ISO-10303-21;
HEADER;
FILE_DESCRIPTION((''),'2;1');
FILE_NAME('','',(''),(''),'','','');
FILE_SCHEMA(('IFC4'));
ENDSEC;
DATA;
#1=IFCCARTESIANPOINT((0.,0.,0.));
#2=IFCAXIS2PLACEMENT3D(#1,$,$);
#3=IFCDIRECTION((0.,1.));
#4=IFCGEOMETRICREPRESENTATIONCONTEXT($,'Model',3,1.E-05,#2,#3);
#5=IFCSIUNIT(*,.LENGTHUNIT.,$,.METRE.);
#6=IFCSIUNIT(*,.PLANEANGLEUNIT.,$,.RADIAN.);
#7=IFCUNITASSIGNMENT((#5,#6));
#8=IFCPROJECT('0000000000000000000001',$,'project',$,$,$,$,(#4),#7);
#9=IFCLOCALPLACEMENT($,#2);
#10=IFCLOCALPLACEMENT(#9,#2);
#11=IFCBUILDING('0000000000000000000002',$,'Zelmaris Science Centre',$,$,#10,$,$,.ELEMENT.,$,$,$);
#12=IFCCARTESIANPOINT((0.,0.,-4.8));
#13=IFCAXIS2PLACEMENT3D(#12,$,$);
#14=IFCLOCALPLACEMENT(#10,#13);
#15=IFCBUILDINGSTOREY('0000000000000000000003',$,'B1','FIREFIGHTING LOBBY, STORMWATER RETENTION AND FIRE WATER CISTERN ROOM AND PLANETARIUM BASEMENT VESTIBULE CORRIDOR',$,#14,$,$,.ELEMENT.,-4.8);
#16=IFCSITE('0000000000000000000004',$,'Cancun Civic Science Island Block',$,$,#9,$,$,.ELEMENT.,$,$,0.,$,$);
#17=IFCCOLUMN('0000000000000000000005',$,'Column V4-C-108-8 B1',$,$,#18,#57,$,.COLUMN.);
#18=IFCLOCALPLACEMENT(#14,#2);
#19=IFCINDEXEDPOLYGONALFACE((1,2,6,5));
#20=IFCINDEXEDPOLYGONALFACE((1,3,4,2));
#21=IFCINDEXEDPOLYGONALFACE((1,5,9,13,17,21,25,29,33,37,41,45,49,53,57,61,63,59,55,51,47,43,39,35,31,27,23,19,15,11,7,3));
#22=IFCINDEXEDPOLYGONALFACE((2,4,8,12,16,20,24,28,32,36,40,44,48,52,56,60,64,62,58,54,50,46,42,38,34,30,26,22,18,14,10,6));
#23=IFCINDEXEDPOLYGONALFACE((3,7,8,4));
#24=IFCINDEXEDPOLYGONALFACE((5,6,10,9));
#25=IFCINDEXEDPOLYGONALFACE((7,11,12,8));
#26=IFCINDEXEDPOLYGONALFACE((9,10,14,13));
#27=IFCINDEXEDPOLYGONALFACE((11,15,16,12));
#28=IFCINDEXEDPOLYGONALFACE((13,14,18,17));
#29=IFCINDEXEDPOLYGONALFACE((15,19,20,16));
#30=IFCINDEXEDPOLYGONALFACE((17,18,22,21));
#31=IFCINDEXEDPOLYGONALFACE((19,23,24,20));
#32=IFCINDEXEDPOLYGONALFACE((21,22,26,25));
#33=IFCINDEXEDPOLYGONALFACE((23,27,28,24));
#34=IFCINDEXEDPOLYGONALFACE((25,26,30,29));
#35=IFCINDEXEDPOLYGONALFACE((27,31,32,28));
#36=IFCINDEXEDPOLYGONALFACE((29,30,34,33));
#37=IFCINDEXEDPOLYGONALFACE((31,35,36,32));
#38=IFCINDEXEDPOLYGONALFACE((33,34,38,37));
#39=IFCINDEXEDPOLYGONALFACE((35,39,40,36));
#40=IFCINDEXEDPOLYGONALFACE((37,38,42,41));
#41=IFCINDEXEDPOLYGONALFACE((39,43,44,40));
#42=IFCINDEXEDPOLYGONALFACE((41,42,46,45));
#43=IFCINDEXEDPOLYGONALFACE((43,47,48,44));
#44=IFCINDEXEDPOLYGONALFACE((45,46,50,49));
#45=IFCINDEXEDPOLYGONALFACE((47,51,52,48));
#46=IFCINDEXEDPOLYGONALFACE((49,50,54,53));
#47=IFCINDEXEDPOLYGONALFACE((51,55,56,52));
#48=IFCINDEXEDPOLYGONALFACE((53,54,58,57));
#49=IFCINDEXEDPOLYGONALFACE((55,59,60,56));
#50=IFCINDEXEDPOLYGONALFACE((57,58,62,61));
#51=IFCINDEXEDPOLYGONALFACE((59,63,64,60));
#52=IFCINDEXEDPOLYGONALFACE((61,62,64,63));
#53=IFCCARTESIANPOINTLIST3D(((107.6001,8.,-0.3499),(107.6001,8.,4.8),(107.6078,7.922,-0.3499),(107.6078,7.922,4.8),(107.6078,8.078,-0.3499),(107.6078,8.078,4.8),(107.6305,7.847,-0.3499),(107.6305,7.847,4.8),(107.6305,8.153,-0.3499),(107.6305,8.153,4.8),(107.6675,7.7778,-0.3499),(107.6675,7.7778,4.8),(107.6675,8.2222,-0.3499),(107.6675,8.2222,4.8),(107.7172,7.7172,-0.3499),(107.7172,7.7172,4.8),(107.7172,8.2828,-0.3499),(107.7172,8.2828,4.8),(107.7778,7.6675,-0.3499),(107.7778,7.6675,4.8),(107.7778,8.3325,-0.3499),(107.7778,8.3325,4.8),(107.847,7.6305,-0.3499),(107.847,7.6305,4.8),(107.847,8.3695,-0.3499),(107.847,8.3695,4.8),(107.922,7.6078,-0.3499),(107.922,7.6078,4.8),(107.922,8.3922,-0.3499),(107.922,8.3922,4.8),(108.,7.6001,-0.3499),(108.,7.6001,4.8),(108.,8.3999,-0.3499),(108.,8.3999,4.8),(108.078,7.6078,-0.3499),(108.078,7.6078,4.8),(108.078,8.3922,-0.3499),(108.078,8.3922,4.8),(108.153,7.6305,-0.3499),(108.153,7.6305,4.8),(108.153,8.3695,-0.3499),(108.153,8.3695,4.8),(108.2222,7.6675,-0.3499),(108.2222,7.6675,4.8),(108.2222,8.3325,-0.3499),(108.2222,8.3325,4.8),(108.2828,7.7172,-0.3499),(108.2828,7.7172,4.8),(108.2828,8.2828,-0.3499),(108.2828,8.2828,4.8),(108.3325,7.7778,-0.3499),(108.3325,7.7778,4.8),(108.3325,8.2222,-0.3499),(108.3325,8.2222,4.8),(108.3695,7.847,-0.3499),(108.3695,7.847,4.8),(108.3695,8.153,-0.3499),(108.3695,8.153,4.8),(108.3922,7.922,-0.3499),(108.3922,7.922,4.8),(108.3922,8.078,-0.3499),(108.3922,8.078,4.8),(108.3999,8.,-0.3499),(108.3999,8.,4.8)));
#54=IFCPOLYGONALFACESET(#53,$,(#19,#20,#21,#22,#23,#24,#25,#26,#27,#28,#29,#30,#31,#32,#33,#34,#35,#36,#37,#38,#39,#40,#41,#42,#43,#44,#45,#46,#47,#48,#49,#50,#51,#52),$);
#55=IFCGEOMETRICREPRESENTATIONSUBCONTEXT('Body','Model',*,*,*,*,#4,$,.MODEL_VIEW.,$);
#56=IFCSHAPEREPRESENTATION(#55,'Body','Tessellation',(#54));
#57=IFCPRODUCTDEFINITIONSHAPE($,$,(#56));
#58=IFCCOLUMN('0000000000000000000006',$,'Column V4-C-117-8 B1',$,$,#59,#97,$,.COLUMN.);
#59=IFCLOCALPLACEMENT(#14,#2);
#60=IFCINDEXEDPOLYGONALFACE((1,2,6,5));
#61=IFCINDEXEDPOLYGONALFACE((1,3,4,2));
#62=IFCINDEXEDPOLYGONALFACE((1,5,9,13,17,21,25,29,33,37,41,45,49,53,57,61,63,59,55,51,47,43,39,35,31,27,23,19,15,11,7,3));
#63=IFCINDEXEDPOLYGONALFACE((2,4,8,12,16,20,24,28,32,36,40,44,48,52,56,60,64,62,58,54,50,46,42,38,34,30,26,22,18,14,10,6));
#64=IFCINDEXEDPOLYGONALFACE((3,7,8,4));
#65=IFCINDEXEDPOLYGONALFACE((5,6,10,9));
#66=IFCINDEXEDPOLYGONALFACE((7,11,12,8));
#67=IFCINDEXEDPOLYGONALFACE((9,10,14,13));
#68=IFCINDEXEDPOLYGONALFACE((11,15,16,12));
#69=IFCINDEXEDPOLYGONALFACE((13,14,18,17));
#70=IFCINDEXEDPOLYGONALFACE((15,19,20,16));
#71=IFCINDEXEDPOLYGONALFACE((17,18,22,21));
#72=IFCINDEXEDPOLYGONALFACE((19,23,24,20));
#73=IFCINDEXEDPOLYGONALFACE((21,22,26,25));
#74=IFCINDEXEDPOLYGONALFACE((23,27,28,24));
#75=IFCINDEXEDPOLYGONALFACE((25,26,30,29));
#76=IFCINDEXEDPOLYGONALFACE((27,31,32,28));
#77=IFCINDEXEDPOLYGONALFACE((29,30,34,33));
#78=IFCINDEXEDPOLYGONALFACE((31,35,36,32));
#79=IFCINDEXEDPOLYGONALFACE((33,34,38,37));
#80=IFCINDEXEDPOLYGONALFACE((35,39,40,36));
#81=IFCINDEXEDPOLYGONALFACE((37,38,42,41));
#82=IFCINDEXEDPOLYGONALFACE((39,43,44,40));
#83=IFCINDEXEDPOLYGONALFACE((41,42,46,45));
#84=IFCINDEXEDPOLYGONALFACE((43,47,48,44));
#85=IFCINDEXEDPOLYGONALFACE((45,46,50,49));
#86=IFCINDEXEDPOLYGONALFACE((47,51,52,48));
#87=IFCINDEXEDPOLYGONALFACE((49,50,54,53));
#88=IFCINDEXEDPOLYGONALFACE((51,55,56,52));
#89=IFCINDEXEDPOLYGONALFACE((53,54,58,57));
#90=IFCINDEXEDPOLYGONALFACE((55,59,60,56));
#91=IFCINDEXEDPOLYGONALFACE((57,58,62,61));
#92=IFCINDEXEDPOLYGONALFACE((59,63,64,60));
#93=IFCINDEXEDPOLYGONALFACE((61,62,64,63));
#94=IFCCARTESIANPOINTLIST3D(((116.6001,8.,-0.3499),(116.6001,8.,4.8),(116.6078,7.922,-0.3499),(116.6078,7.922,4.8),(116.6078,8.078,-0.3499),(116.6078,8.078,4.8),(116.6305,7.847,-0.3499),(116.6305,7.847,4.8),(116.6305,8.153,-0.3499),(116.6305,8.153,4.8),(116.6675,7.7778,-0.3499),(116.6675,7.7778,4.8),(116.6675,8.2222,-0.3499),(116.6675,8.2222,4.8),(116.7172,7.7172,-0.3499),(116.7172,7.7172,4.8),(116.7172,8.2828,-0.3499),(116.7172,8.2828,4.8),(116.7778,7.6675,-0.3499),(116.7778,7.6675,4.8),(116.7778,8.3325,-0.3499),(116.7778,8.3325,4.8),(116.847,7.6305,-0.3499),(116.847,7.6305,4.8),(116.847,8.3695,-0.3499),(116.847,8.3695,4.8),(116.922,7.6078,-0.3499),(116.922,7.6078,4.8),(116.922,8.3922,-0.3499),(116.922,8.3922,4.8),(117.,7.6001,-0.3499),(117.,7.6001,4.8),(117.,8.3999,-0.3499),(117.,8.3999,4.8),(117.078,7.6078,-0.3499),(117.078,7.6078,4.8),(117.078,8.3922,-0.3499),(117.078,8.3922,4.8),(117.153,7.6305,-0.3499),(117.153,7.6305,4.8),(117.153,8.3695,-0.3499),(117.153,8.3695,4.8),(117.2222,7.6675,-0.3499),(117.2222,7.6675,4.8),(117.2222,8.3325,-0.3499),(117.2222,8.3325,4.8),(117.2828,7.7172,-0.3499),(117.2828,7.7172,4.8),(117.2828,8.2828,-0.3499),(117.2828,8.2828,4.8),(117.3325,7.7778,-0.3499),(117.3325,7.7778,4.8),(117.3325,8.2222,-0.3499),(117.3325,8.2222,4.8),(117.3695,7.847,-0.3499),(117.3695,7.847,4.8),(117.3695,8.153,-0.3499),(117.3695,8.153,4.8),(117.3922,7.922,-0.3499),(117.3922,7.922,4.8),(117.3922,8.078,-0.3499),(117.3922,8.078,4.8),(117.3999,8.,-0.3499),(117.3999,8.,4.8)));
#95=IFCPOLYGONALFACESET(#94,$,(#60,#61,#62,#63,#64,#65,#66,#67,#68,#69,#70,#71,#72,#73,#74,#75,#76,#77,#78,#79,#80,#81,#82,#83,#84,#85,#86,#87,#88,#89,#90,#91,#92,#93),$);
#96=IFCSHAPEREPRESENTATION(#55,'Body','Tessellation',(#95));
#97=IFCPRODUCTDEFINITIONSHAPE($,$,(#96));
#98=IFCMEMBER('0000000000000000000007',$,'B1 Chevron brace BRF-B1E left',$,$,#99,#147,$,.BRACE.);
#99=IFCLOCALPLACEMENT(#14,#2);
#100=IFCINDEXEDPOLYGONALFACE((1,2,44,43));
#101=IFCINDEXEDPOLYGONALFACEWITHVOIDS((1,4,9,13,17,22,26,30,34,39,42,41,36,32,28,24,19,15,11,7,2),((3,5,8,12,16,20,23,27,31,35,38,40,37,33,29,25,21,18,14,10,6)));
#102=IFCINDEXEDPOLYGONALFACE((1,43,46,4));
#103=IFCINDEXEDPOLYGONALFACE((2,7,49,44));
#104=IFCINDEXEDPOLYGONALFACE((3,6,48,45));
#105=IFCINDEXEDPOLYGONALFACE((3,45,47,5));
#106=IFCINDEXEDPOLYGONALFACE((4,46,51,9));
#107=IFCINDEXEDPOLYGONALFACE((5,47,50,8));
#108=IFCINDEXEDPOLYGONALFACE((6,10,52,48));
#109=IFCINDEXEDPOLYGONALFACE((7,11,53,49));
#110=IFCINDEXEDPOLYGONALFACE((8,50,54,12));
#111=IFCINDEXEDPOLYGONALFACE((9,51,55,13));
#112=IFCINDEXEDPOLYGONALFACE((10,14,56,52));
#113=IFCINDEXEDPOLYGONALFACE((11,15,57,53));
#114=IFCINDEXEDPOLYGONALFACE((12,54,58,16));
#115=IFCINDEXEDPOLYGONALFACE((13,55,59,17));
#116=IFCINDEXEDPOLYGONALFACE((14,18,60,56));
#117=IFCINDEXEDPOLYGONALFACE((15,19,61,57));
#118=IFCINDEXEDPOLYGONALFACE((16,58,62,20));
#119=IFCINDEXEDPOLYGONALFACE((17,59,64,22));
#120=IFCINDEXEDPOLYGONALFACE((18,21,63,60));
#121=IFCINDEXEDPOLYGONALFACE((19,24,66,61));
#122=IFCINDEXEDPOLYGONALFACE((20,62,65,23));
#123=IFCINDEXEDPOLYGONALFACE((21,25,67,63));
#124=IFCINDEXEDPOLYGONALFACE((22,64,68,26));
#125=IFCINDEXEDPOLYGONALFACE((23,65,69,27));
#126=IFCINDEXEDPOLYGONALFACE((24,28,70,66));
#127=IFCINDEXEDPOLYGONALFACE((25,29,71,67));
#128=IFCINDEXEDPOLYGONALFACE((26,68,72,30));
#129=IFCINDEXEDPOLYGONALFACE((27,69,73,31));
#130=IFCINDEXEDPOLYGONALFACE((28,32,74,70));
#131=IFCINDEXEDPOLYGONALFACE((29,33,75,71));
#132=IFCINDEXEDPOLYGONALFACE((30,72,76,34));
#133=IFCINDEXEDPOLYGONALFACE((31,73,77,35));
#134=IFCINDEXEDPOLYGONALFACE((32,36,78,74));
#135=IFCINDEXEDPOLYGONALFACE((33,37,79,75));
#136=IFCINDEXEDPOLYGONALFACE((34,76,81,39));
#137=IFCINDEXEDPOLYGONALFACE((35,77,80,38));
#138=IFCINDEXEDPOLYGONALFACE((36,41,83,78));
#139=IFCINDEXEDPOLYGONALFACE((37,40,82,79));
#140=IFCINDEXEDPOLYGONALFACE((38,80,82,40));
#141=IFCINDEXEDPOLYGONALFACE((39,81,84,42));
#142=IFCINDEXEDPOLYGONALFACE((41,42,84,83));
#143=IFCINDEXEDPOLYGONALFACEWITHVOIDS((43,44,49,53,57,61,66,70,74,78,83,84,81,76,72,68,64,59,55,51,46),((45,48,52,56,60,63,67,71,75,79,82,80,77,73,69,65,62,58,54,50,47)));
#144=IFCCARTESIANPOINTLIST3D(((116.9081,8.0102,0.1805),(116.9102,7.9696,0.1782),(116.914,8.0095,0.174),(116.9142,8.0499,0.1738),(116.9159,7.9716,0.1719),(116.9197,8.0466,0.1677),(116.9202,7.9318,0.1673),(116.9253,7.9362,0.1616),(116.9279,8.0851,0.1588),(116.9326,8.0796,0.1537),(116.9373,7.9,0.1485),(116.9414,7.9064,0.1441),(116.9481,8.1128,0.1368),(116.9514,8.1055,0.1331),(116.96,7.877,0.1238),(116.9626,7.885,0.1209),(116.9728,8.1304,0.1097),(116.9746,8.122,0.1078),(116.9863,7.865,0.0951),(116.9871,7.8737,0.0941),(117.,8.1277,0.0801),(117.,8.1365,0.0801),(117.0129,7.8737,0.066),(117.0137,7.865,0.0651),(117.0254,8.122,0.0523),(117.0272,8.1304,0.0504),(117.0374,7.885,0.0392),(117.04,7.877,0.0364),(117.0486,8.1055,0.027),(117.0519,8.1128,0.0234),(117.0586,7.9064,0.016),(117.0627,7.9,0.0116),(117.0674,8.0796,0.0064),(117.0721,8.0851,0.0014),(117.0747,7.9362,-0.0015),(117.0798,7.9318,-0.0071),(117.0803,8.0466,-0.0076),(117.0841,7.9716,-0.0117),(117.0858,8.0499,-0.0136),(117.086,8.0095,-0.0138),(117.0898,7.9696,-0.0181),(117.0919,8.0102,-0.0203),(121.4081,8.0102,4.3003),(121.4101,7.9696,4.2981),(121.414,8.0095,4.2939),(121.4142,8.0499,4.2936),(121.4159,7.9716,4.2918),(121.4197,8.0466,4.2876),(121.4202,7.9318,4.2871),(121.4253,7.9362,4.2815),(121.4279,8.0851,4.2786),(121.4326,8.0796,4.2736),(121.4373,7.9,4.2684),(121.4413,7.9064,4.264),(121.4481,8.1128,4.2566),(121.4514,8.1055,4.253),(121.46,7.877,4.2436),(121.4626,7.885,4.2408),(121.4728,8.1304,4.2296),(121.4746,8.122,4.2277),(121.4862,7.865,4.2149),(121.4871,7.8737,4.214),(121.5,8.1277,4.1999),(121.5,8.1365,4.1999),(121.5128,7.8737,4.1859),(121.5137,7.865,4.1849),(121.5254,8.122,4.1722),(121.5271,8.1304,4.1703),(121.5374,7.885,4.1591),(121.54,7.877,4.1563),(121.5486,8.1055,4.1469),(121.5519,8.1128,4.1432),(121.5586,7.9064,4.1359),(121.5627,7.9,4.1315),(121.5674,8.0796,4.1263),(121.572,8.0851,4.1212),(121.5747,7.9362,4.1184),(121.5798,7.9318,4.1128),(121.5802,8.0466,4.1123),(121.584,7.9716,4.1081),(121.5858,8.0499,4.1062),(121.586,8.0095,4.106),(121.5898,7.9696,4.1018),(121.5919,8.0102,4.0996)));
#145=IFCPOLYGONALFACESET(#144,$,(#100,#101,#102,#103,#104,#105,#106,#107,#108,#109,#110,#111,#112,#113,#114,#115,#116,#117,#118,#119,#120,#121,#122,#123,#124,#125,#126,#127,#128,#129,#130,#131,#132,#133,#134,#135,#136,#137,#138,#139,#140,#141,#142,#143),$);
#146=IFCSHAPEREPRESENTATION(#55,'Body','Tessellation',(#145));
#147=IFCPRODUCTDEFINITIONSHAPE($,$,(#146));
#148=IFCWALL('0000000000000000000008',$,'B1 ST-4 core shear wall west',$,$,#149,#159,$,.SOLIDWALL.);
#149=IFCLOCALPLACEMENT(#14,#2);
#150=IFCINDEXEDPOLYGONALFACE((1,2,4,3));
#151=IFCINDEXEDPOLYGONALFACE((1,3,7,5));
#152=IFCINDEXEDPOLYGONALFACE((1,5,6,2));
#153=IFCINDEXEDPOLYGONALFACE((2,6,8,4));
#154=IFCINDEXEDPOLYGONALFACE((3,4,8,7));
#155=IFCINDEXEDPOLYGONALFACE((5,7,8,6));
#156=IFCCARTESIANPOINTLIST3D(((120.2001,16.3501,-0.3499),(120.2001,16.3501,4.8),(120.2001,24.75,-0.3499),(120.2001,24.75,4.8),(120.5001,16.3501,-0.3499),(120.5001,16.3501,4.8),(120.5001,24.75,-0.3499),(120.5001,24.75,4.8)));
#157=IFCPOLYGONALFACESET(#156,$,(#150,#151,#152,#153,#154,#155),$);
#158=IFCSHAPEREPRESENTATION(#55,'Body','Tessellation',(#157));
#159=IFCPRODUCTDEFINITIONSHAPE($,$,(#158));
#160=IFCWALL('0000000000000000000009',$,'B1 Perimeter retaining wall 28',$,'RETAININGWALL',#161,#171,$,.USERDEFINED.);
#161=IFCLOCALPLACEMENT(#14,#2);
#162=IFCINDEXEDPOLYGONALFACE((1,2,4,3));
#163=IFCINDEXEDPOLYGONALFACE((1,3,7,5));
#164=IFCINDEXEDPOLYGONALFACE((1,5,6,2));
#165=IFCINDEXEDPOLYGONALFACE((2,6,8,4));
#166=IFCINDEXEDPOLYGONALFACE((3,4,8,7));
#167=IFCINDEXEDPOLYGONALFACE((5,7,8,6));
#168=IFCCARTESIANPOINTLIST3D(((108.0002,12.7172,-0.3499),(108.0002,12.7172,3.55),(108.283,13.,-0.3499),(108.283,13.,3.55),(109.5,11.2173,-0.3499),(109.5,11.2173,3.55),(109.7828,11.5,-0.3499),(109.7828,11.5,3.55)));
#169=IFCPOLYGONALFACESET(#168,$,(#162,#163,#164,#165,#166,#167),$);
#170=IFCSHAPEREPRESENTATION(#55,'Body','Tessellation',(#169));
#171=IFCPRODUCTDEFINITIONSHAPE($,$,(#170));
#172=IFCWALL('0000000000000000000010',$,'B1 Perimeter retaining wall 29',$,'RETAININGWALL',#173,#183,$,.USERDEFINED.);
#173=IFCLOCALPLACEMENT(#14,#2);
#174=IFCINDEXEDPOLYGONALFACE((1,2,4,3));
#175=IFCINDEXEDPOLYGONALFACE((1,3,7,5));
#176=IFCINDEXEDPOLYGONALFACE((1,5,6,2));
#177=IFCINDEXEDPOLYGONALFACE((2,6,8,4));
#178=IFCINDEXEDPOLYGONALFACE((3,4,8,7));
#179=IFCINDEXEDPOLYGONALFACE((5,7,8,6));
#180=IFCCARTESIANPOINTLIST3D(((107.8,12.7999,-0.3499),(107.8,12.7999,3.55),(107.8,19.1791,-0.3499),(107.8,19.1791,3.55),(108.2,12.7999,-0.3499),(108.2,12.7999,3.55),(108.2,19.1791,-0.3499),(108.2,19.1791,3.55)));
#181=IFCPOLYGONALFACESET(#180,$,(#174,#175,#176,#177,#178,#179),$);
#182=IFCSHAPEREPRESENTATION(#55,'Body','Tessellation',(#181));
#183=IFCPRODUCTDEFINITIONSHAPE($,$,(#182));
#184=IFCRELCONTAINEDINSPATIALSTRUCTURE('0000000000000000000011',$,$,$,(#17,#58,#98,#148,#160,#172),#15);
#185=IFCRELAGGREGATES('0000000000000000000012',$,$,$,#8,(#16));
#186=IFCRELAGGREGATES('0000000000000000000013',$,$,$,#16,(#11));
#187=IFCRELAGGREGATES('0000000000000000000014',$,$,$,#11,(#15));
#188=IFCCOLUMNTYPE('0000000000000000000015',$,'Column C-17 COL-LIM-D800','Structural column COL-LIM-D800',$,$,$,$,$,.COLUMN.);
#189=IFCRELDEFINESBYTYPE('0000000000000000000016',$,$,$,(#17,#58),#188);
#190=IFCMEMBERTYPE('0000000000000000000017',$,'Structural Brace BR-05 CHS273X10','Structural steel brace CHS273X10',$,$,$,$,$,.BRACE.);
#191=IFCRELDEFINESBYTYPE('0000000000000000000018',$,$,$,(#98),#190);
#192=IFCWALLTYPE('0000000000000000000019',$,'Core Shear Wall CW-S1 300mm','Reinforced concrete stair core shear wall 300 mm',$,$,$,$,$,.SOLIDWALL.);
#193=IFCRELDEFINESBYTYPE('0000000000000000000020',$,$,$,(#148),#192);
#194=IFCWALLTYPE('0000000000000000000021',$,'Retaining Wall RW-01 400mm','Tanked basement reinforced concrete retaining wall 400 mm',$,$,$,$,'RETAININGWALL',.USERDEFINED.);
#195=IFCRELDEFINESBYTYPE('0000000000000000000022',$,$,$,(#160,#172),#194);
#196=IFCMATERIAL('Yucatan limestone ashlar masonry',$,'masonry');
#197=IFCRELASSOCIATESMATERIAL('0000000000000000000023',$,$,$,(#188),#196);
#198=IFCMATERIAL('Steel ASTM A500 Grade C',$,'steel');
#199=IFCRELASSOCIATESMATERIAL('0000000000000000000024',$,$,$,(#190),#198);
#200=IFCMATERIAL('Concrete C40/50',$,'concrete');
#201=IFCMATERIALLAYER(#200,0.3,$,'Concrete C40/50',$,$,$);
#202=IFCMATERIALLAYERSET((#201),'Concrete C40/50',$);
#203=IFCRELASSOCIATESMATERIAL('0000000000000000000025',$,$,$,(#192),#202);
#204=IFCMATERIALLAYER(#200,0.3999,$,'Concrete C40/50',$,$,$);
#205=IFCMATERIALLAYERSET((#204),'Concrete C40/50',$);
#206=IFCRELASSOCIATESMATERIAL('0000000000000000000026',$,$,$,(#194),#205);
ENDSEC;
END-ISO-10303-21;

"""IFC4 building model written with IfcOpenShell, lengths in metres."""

from ifc_helpers import new_model, si_unit, direction, frame, frame_2d, origin, origin_2d, place, context, subcontext, project, spatial, rectangle, circle, hollow_circle, extrude, material, layer, layer_set, material_profile, profile_set, type_object, element, save


model = new_model("IFC4")

# Units and contexts
model_context = context("Model", 3, precision=1e-05, world=origin(), true_north=direction((0.0, 1.0)))
body_context = subcontext(model_context, "Body", "Model", "MODEL_VIEW")
ifc_project = project(units=[si_unit("LENGTHUNIT", "METRE"), si_unit("PLANEANGLEUNIT", "RADIAN")], contexts=[model_context])

# Site, building, storey
site_placement = place(None, origin())
site = spatial("IfcSite", under=ifc_project, at=site_placement, Name="Cancun Civic Science Island Block", CompositionType="ELEMENT", RefElevation=0.0)
building_placement = place(site_placement, origin())
building = spatial("IfcBuilding", under=site, at=building_placement, Name="Zelmaris Science Centre", CompositionType="ELEMENT")
storey_placement = place(building_placement, frame((0.0, 0.0, -4.8)))
storey = spatial("IfcBuildingStorey", under=building, at=storey_placement, Name="B1", Description="FIREFIGHTING LOBBY, STORMWATER RETENTION AND FIRE WATER CISTERN ROOM AND PLANETARIUM BASEMENT VESTIBULE CORRIDOR", CompositionType="ELEMENT", Elevation=-4.8)

# Shared definitions
ifc_material_1 = material(Name="Concrete C40/50", Category="concrete")

# Columns
ifc_material_2 = material(Name="Yucatan limestone ashlar masonry", Category="masonry")
ifc_material_profile_1 = material_profile(ifc_material_2, circle(Radius=0.3999, at=origin_2d()), Name="COL-LIM-D800")
ifc_profile_set_1 = profile_set([ifc_material_profile_1], Name="Yucatan limestone ashlar masonry")
column_type_1 = type_object("IfcColumnType", Name="Column C-17 COL-LIM-D800", Description="Structural column COL-LIM-D800", PredefinedType="COLUMN", material=ifc_profile_set_1)
for number, where, z_axis, x_axis, name in (
    (1, (108.0, 8.0, -0.3499), (0.0, 0.0, 1.0), (1.0, 0.0, 0.0), "Column V4-C-108-8 B1"),
    (2, (117.0, 8.0, -0.3499), (0.0, 0.0, 1.0), (1.0, 0.0, 0.0), "Column V4-C-117-8 B1"),
):
    element("IfcColumn", number, at=place(storey_placement, frame(where, z_axis=z_axis, x_axis=x_axis)), inside=storey, type_object=column_type_1, Name=name, PredefinedType="COLUMN", context=body_context, shape_type="SweptSolid", body=[
        extrude(circle(Radius=0.3999, at=origin_2d()), origin(), (0.0, 0.0, 1.0), 5.1499),
    ])

# Member
ifc_material_3 = material(Name="Steel ASTM A500 Grade C", Category="steel")
ifc_material_profile_2 = material_profile(ifc_material_3, hollow_circle(Radius=0.1365, WallThickness=0.0088, at=origin_2d()), Name="CHS273X10")
ifc_profile_set_2 = profile_set([ifc_material_profile_2], Name="Steel ASTM A500 Grade C")
member_type = type_object("IfcMemberType", Name="Structural Brace BR-05 CHS273X10", Description="Structural steel brace CHS273X10", PredefinedType="BRACE", material=ifc_profile_set_2)
member_placement = place(storey_placement, frame((117.0, 8.0, 0.0801), z_axis=(0.737573, 0.0, 0.675268), x_axis=(0.0, 1.0, 0.0)))
element("IfcMember", 3, at=member_placement, inside=storey, type_object=member_type, Name="B1 Chevron brace BRF-B1E left", PredefinedType="BRACE", context=body_context, shape_type="SweptSolid", body=[
    extrude(hollow_circle(Radius=0.1365, WallThickness=0.0088, at=origin_2d()), origin(), (0.0, 0.0, 1.0), 6.1011),
])

# Walls
ifc_layer_1 = layer(ifc_material_1, 0.3, Name="Concrete C40/50")
ifc_layer_set_1 = layer_set([ifc_layer_1], Name="Concrete C40/50")
wall_type_1 = type_object("IfcWallType", Name="Core Shear Wall CW-S1 300mm", Description="Reinforced concrete stair core shear wall 300 mm", PredefinedType="SOLIDWALL", material=ifc_layer_set_1)
wall_1_placement = place(storey_placement, frame((120.3501, 16.3501, -0.3499), z_axis=(0.0, 0.0, 1.0), x_axis=(0.0, 1.0, 0.0)))
element("IfcWall", 4, at=wall_1_placement, inside=storey, type_object=wall_type_1, Name="B1 ST-4 core shear wall west", PredefinedType="SOLIDWALL", context=body_context, shape_type="SweptSolid", body=[
    extrude(rectangle(XDim=8.3999, YDim=0.3, at=frame_2d((4.2, 0.0))), origin(), (0.0, 0.0, 1.0), 5.1499),
])
ifc_layer_2 = layer(ifc_material_1, 0.3999, Name="Concrete C40/50")
ifc_layer_set_2 = layer_set([ifc_layer_2], Name="Concrete C40/50")
wall_type_2 = type_object("IfcWallType", Name="Retaining Wall RW-01 400mm", Description="Tanked basement reinforced concrete retaining wall 400 mm", ElementType="RETAININGWALL", PredefinedType="USERDEFINED", material=ifc_layer_set_2)
wall_2_placement = place(storey_placement, frame((109.6414, 11.3586, -0.3499), z_axis=(0.0, 0.0, 1.0), x_axis=(-0.707049, 0.707164, 0.0)))
element("IfcWall", 5, at=wall_2_placement, inside=storey, type_object=wall_type_2, Name="B1 Perimeter retaining wall 28", ObjectType="RETAININGWALL", PredefinedType="USERDEFINED", context=body_context, shape_type="SweptSolid", body=[
    extrude(rectangle(XDim=2.1211, YDim=0.3999, at=frame_2d((1.0605, 0.0))), origin(), (0.0, 0.0, 1.0), 3.8999),
])
wall_3_placement = place(storey_placement, frame((108.0, 12.8, -0.3499), z_axis=(0.0, 0.0, 1.0), x_axis=(0.0, 1.0, 0.0)))
element("IfcWall", 6, at=wall_3_placement, inside=storey, type_object=wall_type_2, Name="B1 Perimeter retaining wall 29", ObjectType="RETAININGWALL", PredefinedType="USERDEFINED", context=body_context, shape_type="SweptSolid", body=[
    extrude(rectangle(XDim=6.3792, YDim=0.3999, at=frame_2d((3.1895, 0.0))), origin(), (0.0, 0.0, 1.0), 3.8999),
])

save(model, "model.ifc")
